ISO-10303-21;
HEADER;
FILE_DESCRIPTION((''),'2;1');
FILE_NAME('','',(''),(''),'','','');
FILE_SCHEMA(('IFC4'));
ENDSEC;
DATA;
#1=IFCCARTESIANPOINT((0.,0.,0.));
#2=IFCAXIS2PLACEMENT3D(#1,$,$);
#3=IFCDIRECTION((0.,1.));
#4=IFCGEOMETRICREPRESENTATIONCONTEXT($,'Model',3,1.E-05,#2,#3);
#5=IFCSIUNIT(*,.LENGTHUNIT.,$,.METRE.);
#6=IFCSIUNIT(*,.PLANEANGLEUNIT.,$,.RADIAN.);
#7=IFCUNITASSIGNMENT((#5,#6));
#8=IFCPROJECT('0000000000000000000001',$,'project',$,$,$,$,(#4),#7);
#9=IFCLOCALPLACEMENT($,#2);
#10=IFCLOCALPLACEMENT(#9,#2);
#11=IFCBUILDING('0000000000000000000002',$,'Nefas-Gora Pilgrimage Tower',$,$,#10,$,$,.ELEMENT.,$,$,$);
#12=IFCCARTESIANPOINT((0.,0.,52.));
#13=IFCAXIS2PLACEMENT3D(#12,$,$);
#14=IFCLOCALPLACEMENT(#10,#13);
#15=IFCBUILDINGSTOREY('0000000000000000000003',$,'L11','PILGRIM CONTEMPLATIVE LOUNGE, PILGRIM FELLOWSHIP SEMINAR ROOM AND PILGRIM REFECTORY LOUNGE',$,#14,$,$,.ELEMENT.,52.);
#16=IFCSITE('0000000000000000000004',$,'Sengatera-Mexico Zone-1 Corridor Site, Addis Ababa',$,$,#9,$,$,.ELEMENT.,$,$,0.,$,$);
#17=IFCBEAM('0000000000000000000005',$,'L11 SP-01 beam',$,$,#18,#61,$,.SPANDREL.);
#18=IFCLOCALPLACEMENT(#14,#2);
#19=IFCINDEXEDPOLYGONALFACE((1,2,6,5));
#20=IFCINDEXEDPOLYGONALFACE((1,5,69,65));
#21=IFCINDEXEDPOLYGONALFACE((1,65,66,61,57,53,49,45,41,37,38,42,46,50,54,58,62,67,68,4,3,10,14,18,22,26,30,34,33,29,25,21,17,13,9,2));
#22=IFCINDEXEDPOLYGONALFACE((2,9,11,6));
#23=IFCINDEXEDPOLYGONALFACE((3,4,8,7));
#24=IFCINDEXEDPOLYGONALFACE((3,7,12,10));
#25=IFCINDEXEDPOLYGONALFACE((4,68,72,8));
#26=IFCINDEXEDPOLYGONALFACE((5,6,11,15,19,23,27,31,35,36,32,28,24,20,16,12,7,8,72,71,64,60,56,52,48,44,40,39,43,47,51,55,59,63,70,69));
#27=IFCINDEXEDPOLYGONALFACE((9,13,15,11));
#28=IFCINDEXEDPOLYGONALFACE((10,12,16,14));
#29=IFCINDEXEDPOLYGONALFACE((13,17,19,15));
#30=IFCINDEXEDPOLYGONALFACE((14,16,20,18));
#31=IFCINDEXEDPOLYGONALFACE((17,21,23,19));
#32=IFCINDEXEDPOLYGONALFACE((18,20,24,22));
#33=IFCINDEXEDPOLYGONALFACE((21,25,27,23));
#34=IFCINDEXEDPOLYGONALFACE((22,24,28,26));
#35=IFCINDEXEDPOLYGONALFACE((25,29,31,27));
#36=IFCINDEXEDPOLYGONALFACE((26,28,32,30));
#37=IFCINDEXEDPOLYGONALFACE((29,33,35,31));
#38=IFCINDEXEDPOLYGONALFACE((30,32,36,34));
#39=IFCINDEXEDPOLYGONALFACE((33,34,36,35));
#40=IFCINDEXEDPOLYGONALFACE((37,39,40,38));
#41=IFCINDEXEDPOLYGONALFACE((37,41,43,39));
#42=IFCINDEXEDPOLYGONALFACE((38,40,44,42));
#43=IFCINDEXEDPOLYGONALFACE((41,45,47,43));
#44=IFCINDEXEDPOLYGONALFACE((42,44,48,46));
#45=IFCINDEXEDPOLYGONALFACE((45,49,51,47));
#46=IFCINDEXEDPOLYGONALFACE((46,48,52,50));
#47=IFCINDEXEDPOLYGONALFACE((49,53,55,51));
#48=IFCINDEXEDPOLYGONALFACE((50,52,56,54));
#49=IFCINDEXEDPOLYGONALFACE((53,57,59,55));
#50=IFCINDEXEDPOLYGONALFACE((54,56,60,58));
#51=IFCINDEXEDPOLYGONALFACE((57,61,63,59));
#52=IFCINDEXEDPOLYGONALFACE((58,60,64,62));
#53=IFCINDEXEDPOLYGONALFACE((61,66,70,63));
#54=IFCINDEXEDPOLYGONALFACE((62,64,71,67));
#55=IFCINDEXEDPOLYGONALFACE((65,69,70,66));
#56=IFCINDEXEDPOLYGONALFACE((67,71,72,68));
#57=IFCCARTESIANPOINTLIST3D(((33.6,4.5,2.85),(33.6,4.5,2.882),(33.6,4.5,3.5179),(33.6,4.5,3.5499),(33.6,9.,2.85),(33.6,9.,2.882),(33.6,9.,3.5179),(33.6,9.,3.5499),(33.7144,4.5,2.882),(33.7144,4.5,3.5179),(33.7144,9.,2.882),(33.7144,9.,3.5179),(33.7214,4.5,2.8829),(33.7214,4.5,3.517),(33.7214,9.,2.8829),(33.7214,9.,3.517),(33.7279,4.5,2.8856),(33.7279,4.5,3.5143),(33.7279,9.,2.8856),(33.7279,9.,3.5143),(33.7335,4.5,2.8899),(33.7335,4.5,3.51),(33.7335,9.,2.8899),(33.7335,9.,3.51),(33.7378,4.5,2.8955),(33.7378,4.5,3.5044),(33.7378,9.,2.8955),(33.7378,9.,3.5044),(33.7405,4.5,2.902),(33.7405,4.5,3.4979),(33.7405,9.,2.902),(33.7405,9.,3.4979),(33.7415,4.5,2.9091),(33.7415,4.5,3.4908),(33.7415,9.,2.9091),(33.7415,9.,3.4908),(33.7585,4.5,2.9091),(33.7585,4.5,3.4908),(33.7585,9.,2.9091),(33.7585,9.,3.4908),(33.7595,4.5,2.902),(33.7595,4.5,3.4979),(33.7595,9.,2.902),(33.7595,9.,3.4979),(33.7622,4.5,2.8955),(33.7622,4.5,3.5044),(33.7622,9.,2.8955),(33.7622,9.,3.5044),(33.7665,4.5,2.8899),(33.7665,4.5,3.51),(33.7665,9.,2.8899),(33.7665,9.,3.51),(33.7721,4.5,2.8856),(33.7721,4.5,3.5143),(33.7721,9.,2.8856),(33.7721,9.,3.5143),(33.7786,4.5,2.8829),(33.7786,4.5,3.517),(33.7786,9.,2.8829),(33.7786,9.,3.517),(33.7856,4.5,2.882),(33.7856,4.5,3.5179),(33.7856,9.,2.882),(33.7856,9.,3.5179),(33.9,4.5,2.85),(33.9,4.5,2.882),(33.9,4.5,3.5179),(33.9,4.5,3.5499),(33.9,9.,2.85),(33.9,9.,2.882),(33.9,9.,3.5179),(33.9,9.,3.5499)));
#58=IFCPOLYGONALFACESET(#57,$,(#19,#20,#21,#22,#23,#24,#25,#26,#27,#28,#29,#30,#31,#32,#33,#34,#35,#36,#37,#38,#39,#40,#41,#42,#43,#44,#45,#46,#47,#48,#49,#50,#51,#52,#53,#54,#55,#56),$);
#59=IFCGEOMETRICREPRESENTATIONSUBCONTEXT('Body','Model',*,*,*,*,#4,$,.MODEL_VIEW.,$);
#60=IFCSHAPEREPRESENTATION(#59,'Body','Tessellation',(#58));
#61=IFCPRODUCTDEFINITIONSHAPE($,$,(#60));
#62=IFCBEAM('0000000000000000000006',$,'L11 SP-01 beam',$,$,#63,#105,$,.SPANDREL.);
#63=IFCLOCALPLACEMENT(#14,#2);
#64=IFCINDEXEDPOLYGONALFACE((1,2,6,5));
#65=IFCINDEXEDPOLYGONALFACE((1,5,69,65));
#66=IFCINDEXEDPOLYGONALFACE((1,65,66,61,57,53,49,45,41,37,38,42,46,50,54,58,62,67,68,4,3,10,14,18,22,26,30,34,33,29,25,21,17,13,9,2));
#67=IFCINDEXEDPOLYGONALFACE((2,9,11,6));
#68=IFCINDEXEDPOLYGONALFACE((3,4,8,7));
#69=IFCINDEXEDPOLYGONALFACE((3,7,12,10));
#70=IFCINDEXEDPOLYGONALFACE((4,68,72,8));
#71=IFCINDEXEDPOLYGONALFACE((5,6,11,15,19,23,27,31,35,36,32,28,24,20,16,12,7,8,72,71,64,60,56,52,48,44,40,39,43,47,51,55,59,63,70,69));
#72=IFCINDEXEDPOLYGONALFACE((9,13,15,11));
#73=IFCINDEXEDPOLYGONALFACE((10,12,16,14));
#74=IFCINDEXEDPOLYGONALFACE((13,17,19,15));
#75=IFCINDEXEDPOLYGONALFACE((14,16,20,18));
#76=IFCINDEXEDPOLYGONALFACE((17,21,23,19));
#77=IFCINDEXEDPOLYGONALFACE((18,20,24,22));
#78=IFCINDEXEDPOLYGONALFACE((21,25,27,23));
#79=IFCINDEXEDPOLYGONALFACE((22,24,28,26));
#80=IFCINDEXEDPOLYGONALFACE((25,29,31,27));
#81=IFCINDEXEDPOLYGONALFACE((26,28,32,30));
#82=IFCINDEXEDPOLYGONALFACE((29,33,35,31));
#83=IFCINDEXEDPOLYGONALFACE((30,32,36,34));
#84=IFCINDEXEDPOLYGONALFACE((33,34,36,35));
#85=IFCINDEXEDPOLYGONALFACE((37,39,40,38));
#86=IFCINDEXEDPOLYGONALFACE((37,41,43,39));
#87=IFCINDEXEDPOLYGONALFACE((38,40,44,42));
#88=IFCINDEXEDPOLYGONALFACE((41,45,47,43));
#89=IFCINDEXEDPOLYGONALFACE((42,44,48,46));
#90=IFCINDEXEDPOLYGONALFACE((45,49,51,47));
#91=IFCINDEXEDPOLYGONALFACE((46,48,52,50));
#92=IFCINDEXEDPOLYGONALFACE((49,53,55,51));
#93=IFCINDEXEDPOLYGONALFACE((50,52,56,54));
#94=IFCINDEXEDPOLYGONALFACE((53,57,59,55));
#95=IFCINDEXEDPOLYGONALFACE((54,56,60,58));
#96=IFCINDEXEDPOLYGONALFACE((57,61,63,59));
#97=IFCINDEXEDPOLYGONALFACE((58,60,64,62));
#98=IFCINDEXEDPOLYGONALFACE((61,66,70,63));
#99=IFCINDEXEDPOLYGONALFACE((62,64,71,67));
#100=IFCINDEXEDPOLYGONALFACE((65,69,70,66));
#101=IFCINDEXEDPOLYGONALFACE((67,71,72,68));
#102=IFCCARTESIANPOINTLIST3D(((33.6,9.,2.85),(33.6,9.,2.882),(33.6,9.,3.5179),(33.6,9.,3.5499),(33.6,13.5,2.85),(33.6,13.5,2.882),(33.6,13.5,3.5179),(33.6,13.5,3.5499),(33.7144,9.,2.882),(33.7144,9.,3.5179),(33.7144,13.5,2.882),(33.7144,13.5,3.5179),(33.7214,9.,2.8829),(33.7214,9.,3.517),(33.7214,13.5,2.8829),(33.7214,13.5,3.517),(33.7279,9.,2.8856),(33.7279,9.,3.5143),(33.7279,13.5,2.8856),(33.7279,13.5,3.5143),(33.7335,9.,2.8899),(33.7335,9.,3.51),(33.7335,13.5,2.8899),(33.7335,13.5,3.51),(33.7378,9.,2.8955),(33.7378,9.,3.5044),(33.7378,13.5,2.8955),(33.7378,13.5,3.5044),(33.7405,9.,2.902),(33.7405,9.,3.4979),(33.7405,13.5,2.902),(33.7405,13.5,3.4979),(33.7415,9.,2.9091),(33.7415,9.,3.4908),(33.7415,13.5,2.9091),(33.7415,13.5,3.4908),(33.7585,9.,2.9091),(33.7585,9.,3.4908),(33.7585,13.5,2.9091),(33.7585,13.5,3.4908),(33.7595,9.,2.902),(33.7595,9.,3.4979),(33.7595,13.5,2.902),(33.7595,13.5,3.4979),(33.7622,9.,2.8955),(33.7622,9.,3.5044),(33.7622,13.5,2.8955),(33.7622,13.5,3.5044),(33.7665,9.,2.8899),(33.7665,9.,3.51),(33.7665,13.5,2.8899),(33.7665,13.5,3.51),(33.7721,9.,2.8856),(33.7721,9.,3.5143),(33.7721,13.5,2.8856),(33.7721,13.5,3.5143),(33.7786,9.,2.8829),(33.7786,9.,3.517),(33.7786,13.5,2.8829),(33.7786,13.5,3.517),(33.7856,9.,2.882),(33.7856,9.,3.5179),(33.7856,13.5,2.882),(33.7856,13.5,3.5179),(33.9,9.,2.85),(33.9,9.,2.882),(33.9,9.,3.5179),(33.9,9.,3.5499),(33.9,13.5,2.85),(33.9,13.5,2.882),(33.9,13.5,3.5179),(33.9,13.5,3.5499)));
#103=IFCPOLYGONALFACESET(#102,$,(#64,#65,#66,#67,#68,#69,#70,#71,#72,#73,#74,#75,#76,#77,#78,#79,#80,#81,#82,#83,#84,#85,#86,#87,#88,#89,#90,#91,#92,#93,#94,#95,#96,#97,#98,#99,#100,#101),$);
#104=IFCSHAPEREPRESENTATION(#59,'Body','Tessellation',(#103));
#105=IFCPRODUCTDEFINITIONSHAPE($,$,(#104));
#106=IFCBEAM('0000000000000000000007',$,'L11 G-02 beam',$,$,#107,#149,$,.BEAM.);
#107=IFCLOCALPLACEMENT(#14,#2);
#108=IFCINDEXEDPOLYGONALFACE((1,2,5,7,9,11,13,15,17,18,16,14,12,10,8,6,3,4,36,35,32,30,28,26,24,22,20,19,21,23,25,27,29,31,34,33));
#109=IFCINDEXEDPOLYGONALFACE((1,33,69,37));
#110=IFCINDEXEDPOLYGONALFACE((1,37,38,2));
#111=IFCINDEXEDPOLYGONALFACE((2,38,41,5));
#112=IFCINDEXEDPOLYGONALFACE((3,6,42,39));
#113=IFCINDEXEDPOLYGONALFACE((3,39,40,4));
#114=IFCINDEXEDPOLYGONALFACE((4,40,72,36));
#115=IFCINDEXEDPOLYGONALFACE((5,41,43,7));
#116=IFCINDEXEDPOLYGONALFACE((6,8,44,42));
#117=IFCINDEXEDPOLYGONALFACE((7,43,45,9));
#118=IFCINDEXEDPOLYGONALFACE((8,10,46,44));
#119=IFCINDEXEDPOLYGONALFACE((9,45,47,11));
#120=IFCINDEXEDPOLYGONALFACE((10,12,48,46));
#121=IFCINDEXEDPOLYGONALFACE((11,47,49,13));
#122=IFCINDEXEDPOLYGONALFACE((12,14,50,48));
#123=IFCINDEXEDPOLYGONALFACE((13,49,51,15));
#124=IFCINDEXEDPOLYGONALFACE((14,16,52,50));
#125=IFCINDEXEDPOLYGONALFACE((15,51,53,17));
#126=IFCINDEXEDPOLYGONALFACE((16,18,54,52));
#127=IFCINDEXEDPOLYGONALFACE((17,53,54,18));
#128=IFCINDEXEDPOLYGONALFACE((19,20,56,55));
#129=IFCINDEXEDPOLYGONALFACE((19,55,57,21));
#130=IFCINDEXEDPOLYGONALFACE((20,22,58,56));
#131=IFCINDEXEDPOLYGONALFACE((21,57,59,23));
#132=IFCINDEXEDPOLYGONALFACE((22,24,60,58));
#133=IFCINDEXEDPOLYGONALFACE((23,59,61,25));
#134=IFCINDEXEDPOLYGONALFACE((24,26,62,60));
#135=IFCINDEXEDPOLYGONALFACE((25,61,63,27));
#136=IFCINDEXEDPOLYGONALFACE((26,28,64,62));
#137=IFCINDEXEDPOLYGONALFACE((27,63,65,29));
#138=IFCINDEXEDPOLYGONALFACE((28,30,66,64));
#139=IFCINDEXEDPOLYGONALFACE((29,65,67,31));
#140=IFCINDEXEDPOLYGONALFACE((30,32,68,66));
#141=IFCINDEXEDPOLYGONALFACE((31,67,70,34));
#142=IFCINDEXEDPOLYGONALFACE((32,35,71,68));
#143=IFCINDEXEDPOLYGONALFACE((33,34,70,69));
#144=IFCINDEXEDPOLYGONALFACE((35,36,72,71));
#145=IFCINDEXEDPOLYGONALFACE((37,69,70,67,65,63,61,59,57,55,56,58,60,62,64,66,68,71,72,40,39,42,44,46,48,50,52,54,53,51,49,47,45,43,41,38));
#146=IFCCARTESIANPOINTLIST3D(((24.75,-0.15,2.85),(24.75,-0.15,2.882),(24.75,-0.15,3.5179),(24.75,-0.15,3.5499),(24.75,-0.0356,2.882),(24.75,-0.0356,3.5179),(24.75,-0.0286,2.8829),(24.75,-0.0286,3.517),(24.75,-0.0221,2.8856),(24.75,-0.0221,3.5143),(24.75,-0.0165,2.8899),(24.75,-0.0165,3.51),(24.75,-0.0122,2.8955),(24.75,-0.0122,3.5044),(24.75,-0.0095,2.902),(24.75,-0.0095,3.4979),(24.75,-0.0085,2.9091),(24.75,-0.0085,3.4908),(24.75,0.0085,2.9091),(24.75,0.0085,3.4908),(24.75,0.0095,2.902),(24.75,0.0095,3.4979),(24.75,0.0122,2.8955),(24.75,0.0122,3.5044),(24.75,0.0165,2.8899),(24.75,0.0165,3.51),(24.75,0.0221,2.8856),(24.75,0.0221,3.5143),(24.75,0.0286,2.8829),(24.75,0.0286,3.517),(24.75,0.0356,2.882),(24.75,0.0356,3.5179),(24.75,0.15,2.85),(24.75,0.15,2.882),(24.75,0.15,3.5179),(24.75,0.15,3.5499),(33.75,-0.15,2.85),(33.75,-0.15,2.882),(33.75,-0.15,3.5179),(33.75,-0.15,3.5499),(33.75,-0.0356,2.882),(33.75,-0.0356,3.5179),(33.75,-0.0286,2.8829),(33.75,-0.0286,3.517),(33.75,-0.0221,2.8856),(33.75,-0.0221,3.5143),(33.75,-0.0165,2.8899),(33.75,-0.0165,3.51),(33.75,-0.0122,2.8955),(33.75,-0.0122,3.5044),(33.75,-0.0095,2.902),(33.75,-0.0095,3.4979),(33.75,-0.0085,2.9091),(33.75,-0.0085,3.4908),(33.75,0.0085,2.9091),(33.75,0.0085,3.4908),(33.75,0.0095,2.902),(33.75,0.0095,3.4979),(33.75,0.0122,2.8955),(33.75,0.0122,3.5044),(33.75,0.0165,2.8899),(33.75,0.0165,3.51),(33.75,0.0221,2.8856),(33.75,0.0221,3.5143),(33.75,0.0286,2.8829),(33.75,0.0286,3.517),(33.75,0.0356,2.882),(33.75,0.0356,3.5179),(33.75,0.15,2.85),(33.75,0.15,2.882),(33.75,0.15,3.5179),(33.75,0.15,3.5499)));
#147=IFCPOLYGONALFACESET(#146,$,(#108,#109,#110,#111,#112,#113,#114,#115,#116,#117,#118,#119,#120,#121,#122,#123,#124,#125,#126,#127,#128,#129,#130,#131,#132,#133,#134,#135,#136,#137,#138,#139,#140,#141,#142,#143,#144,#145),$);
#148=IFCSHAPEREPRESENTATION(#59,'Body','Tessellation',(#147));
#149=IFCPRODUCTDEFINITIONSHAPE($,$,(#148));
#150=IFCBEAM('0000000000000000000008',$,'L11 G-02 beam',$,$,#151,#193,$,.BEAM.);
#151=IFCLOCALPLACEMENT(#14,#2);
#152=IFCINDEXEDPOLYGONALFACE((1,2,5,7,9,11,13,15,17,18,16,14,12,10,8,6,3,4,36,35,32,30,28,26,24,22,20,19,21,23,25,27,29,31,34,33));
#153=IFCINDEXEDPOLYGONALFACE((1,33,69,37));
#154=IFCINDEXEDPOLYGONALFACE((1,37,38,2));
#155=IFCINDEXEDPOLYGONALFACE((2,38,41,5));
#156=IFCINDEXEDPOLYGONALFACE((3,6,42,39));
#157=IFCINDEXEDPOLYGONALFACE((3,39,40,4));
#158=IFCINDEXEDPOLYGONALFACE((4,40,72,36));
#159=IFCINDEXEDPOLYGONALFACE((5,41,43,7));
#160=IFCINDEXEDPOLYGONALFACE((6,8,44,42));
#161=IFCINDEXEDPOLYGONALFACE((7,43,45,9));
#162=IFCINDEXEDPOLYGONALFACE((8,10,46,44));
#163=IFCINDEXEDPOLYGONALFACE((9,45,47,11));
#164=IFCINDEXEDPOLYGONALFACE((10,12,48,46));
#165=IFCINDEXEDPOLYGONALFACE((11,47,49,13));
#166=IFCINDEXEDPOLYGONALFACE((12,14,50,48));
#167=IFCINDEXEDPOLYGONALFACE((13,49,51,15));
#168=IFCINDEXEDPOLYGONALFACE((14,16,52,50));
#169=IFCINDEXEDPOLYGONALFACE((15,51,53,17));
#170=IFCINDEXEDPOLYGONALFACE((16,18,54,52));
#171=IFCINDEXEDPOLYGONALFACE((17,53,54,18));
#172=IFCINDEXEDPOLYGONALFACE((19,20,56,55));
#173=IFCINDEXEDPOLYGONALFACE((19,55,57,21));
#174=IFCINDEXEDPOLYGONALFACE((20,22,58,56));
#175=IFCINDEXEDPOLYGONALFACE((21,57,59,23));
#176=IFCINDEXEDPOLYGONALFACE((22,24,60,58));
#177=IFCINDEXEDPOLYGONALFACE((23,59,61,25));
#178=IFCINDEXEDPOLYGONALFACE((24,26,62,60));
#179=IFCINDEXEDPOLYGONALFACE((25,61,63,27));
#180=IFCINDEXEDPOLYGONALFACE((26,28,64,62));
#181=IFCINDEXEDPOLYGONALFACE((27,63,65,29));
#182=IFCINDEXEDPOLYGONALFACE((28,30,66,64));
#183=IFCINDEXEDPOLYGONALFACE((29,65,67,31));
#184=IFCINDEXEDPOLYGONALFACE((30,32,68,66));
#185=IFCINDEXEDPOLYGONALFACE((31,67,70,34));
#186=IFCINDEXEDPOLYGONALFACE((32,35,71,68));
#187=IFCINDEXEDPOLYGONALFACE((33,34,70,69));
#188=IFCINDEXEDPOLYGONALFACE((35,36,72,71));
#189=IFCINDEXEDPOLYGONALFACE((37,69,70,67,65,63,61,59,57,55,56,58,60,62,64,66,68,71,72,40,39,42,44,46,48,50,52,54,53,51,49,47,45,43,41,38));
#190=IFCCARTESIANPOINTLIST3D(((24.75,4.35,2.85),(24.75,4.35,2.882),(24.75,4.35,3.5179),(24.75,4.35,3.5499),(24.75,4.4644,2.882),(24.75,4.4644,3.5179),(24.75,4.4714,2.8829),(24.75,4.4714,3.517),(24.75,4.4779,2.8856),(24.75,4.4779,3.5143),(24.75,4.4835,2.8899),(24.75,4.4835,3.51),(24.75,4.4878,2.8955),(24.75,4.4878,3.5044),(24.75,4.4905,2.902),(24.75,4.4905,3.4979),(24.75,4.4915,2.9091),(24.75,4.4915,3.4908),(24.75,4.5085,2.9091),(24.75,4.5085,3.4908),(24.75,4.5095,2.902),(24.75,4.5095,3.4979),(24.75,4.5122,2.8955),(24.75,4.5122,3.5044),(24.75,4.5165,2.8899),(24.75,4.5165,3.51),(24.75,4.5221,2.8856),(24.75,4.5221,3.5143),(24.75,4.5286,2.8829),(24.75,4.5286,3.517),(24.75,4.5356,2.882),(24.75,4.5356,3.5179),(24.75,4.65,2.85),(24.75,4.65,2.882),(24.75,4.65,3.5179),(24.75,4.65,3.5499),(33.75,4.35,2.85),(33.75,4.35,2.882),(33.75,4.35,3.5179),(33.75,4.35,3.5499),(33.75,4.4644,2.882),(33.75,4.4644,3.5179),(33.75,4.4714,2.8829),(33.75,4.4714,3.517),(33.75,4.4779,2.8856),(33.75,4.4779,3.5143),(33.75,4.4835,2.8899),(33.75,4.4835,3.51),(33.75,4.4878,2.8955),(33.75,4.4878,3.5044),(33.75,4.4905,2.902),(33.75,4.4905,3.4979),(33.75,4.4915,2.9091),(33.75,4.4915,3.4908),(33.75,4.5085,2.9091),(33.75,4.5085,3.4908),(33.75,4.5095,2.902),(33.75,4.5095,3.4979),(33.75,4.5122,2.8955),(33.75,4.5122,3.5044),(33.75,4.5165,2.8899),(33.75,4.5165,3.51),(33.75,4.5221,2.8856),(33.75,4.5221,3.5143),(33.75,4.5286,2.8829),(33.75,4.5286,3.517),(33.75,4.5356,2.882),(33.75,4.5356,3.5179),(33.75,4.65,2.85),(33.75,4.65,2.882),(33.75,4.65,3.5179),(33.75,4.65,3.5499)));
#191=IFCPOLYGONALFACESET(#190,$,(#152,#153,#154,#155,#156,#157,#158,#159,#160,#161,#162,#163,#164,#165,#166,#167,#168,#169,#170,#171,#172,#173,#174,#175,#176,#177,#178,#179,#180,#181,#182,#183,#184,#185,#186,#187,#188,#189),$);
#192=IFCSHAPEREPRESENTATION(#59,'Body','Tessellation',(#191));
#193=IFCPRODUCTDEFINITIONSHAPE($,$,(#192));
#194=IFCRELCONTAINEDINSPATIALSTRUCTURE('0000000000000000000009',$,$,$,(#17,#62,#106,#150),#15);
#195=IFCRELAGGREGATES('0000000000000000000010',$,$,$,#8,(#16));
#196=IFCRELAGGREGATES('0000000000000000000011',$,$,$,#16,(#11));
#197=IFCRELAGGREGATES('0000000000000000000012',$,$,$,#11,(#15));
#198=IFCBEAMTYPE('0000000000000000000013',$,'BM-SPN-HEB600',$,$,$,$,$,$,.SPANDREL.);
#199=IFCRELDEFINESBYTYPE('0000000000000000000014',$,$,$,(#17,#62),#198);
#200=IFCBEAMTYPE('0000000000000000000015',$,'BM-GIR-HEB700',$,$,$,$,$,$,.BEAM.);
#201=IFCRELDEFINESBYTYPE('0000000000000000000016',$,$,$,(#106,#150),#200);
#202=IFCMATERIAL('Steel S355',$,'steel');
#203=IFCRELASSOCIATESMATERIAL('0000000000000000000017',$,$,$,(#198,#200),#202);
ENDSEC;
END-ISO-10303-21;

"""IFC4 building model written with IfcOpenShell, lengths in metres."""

from ifc_helpers import new_model, si_unit, direction, frame, origin, origin_2d, place, context, subcontext, project, spatial, i_section, extrude, source, transform, mapped, material, material_profile, profile_set, type_object, element, save


model = new_model("IFC4")

# Units and contexts
model_context = context("Model", 3, precision=1e-05, world=origin(), true_north=direction((0.0, 1.0)))
body_context = subcontext(model_context, "Body", "Model", "MODEL_VIEW")
ifc_project = project(units=[si_unit("LENGTHUNIT", "METRE"), si_unit("PLANEANGLEUNIT", "RADIAN")], contexts=[model_context])

# Site, building, storey
site_placement = place(None, origin())
site = spatial("IfcSite", under=ifc_project, at=site_placement, Name="Sengatera-Mexico Zone-1 Corridor Site, Addis Ababa", CompositionType="ELEMENT", RefElevation=0.0)
building_placement = place(site_placement, origin())
building = spatial("IfcBuilding", under=site, at=building_placement, Name="Nefas-Gora Pilgrimage Tower", CompositionType="ELEMENT")
storey_placement = place(building_placement, frame((0.0, 0.0, 52.0)))
storey = spatial("IfcBuildingStorey", under=building, at=storey_placement, Name="L11", Description="PILGRIM CONTEMPLATIVE LOUNGE, PILGRIM FELLOWSHIP SEMINAR ROOM AND PILGRIM REFECTORY LOUNGE", CompositionType="ELEMENT", Elevation=52.0)

# Beams
ifc_material_1 = material(Name="Steel S355", Category="steel")
ifc_material_profile_1 = material_profile(ifc_material_1, i_section(OverallWidth=0.3, OverallDepth=0.7, WebThickness=0.0171, FlangeThickness=0.032, FilletRadius=0.0271, at=origin_2d()), Name="HEB 700")
ifc_profile_set_1 = profile_set([ifc_material_profile_1], Name="Steel S355")
beam_type_1 = type_object("IfcBeamType", Name="BM-SPN-HEB600", PredefinedType="SPANDREL", material=ifc_profile_set_1)
shared_shape_1 = source(origin(), body_context, "Body", "SweptSolid", [
    extrude(i_section(OverallWidth=0.3, OverallDepth=0.7, WebThickness=0.0171, FlangeThickness=0.032, FilletRadius=0.0271, at=origin_2d()), origin(), (0.0, 0.0, 1.0), 4.5),
])
for number, where, z_axis, x_axis, name in (
    (1, (33.75, 4.5, 3.2), (0.0, 1.0, 0.0), (-1.0, 0.0, 0.0), "L11 SP-01 beam"),
    (2, (33.75, 9.0, 3.2), (0.0, 1.0, 0.0), (-1.0, 0.0, 0.0), "L11 SP-01 beam"),
):
    element("IfcBeam", number, at=place(storey_placement, frame(where, z_axis=z_axis, x_axis=x_axis)), inside=storey, type_object=beam_type_1, Name=name, PredefinedType="SPANDREL", context=body_context, shape_type="MappedRepresentation", body=[
        mapped(shared_shape_1, transform((0.0, 0.0, 0.0), x_axis=(1.0, 0.0, 0.0), y_axis=(0.0, 1.0, 0.0), z_axis=(0.0, 0.0, 1.0), scale=1.0)),
    ])
ifc_material_profile_2 = material_profile(ifc_material_1, i_section(OverallWidth=0.3, OverallDepth=0.7, WebThickness=0.0171, FlangeThickness=0.032, FilletRadius=0.0271, at=origin_2d()), Name="HEB 700")
ifc_profile_set_2 = profile_set([ifc_material_profile_2], Name="Steel S355")
beam_type_2 = type_object("IfcBeamType", Name="BM-GIR-HEB700", PredefinedType="BEAM", material=ifc_profile_set_2)
shared_shape_2 = source(origin(), body_context, "Body", "SweptSolid", [
    extrude(i_section(OverallWidth=0.3, OverallDepth=0.7, WebThickness=0.0171, FlangeThickness=0.032, FilletRadius=0.0271, at=origin_2d()), origin(), (0.0, 0.0, 1.0), 9.0),
])
for number, where, z_axis, x_axis, name in (
    (3, (24.75, 0.0, 3.2), (1.0, 0.0, 0.0), (0.0, 1.0, 0.0), "L11 G-02 beam"),
    (4, (24.75, 4.5, 3.2), (1.0, 0.0, 0.0), (0.0, 1.0, 0.0), "L11 G-02 beam"),
):
    element("IfcBeam", number, at=place(storey_placement, frame(where, z_axis=z_axis, x_axis=x_axis)), inside=storey, type_object=beam_type_2, Name=name, PredefinedType="BEAM", context=body_context, shape_type="MappedRepresentation", body=[
        mapped(shared_shape_2, transform((0.0, 0.0, 0.0), x_axis=(1.0, 0.0, 0.0), y_axis=(0.0, 1.0, 0.0), z_axis=(0.0, 0.0, 1.0), scale=1.0)),
    ])

save(model, "model.ifc")
